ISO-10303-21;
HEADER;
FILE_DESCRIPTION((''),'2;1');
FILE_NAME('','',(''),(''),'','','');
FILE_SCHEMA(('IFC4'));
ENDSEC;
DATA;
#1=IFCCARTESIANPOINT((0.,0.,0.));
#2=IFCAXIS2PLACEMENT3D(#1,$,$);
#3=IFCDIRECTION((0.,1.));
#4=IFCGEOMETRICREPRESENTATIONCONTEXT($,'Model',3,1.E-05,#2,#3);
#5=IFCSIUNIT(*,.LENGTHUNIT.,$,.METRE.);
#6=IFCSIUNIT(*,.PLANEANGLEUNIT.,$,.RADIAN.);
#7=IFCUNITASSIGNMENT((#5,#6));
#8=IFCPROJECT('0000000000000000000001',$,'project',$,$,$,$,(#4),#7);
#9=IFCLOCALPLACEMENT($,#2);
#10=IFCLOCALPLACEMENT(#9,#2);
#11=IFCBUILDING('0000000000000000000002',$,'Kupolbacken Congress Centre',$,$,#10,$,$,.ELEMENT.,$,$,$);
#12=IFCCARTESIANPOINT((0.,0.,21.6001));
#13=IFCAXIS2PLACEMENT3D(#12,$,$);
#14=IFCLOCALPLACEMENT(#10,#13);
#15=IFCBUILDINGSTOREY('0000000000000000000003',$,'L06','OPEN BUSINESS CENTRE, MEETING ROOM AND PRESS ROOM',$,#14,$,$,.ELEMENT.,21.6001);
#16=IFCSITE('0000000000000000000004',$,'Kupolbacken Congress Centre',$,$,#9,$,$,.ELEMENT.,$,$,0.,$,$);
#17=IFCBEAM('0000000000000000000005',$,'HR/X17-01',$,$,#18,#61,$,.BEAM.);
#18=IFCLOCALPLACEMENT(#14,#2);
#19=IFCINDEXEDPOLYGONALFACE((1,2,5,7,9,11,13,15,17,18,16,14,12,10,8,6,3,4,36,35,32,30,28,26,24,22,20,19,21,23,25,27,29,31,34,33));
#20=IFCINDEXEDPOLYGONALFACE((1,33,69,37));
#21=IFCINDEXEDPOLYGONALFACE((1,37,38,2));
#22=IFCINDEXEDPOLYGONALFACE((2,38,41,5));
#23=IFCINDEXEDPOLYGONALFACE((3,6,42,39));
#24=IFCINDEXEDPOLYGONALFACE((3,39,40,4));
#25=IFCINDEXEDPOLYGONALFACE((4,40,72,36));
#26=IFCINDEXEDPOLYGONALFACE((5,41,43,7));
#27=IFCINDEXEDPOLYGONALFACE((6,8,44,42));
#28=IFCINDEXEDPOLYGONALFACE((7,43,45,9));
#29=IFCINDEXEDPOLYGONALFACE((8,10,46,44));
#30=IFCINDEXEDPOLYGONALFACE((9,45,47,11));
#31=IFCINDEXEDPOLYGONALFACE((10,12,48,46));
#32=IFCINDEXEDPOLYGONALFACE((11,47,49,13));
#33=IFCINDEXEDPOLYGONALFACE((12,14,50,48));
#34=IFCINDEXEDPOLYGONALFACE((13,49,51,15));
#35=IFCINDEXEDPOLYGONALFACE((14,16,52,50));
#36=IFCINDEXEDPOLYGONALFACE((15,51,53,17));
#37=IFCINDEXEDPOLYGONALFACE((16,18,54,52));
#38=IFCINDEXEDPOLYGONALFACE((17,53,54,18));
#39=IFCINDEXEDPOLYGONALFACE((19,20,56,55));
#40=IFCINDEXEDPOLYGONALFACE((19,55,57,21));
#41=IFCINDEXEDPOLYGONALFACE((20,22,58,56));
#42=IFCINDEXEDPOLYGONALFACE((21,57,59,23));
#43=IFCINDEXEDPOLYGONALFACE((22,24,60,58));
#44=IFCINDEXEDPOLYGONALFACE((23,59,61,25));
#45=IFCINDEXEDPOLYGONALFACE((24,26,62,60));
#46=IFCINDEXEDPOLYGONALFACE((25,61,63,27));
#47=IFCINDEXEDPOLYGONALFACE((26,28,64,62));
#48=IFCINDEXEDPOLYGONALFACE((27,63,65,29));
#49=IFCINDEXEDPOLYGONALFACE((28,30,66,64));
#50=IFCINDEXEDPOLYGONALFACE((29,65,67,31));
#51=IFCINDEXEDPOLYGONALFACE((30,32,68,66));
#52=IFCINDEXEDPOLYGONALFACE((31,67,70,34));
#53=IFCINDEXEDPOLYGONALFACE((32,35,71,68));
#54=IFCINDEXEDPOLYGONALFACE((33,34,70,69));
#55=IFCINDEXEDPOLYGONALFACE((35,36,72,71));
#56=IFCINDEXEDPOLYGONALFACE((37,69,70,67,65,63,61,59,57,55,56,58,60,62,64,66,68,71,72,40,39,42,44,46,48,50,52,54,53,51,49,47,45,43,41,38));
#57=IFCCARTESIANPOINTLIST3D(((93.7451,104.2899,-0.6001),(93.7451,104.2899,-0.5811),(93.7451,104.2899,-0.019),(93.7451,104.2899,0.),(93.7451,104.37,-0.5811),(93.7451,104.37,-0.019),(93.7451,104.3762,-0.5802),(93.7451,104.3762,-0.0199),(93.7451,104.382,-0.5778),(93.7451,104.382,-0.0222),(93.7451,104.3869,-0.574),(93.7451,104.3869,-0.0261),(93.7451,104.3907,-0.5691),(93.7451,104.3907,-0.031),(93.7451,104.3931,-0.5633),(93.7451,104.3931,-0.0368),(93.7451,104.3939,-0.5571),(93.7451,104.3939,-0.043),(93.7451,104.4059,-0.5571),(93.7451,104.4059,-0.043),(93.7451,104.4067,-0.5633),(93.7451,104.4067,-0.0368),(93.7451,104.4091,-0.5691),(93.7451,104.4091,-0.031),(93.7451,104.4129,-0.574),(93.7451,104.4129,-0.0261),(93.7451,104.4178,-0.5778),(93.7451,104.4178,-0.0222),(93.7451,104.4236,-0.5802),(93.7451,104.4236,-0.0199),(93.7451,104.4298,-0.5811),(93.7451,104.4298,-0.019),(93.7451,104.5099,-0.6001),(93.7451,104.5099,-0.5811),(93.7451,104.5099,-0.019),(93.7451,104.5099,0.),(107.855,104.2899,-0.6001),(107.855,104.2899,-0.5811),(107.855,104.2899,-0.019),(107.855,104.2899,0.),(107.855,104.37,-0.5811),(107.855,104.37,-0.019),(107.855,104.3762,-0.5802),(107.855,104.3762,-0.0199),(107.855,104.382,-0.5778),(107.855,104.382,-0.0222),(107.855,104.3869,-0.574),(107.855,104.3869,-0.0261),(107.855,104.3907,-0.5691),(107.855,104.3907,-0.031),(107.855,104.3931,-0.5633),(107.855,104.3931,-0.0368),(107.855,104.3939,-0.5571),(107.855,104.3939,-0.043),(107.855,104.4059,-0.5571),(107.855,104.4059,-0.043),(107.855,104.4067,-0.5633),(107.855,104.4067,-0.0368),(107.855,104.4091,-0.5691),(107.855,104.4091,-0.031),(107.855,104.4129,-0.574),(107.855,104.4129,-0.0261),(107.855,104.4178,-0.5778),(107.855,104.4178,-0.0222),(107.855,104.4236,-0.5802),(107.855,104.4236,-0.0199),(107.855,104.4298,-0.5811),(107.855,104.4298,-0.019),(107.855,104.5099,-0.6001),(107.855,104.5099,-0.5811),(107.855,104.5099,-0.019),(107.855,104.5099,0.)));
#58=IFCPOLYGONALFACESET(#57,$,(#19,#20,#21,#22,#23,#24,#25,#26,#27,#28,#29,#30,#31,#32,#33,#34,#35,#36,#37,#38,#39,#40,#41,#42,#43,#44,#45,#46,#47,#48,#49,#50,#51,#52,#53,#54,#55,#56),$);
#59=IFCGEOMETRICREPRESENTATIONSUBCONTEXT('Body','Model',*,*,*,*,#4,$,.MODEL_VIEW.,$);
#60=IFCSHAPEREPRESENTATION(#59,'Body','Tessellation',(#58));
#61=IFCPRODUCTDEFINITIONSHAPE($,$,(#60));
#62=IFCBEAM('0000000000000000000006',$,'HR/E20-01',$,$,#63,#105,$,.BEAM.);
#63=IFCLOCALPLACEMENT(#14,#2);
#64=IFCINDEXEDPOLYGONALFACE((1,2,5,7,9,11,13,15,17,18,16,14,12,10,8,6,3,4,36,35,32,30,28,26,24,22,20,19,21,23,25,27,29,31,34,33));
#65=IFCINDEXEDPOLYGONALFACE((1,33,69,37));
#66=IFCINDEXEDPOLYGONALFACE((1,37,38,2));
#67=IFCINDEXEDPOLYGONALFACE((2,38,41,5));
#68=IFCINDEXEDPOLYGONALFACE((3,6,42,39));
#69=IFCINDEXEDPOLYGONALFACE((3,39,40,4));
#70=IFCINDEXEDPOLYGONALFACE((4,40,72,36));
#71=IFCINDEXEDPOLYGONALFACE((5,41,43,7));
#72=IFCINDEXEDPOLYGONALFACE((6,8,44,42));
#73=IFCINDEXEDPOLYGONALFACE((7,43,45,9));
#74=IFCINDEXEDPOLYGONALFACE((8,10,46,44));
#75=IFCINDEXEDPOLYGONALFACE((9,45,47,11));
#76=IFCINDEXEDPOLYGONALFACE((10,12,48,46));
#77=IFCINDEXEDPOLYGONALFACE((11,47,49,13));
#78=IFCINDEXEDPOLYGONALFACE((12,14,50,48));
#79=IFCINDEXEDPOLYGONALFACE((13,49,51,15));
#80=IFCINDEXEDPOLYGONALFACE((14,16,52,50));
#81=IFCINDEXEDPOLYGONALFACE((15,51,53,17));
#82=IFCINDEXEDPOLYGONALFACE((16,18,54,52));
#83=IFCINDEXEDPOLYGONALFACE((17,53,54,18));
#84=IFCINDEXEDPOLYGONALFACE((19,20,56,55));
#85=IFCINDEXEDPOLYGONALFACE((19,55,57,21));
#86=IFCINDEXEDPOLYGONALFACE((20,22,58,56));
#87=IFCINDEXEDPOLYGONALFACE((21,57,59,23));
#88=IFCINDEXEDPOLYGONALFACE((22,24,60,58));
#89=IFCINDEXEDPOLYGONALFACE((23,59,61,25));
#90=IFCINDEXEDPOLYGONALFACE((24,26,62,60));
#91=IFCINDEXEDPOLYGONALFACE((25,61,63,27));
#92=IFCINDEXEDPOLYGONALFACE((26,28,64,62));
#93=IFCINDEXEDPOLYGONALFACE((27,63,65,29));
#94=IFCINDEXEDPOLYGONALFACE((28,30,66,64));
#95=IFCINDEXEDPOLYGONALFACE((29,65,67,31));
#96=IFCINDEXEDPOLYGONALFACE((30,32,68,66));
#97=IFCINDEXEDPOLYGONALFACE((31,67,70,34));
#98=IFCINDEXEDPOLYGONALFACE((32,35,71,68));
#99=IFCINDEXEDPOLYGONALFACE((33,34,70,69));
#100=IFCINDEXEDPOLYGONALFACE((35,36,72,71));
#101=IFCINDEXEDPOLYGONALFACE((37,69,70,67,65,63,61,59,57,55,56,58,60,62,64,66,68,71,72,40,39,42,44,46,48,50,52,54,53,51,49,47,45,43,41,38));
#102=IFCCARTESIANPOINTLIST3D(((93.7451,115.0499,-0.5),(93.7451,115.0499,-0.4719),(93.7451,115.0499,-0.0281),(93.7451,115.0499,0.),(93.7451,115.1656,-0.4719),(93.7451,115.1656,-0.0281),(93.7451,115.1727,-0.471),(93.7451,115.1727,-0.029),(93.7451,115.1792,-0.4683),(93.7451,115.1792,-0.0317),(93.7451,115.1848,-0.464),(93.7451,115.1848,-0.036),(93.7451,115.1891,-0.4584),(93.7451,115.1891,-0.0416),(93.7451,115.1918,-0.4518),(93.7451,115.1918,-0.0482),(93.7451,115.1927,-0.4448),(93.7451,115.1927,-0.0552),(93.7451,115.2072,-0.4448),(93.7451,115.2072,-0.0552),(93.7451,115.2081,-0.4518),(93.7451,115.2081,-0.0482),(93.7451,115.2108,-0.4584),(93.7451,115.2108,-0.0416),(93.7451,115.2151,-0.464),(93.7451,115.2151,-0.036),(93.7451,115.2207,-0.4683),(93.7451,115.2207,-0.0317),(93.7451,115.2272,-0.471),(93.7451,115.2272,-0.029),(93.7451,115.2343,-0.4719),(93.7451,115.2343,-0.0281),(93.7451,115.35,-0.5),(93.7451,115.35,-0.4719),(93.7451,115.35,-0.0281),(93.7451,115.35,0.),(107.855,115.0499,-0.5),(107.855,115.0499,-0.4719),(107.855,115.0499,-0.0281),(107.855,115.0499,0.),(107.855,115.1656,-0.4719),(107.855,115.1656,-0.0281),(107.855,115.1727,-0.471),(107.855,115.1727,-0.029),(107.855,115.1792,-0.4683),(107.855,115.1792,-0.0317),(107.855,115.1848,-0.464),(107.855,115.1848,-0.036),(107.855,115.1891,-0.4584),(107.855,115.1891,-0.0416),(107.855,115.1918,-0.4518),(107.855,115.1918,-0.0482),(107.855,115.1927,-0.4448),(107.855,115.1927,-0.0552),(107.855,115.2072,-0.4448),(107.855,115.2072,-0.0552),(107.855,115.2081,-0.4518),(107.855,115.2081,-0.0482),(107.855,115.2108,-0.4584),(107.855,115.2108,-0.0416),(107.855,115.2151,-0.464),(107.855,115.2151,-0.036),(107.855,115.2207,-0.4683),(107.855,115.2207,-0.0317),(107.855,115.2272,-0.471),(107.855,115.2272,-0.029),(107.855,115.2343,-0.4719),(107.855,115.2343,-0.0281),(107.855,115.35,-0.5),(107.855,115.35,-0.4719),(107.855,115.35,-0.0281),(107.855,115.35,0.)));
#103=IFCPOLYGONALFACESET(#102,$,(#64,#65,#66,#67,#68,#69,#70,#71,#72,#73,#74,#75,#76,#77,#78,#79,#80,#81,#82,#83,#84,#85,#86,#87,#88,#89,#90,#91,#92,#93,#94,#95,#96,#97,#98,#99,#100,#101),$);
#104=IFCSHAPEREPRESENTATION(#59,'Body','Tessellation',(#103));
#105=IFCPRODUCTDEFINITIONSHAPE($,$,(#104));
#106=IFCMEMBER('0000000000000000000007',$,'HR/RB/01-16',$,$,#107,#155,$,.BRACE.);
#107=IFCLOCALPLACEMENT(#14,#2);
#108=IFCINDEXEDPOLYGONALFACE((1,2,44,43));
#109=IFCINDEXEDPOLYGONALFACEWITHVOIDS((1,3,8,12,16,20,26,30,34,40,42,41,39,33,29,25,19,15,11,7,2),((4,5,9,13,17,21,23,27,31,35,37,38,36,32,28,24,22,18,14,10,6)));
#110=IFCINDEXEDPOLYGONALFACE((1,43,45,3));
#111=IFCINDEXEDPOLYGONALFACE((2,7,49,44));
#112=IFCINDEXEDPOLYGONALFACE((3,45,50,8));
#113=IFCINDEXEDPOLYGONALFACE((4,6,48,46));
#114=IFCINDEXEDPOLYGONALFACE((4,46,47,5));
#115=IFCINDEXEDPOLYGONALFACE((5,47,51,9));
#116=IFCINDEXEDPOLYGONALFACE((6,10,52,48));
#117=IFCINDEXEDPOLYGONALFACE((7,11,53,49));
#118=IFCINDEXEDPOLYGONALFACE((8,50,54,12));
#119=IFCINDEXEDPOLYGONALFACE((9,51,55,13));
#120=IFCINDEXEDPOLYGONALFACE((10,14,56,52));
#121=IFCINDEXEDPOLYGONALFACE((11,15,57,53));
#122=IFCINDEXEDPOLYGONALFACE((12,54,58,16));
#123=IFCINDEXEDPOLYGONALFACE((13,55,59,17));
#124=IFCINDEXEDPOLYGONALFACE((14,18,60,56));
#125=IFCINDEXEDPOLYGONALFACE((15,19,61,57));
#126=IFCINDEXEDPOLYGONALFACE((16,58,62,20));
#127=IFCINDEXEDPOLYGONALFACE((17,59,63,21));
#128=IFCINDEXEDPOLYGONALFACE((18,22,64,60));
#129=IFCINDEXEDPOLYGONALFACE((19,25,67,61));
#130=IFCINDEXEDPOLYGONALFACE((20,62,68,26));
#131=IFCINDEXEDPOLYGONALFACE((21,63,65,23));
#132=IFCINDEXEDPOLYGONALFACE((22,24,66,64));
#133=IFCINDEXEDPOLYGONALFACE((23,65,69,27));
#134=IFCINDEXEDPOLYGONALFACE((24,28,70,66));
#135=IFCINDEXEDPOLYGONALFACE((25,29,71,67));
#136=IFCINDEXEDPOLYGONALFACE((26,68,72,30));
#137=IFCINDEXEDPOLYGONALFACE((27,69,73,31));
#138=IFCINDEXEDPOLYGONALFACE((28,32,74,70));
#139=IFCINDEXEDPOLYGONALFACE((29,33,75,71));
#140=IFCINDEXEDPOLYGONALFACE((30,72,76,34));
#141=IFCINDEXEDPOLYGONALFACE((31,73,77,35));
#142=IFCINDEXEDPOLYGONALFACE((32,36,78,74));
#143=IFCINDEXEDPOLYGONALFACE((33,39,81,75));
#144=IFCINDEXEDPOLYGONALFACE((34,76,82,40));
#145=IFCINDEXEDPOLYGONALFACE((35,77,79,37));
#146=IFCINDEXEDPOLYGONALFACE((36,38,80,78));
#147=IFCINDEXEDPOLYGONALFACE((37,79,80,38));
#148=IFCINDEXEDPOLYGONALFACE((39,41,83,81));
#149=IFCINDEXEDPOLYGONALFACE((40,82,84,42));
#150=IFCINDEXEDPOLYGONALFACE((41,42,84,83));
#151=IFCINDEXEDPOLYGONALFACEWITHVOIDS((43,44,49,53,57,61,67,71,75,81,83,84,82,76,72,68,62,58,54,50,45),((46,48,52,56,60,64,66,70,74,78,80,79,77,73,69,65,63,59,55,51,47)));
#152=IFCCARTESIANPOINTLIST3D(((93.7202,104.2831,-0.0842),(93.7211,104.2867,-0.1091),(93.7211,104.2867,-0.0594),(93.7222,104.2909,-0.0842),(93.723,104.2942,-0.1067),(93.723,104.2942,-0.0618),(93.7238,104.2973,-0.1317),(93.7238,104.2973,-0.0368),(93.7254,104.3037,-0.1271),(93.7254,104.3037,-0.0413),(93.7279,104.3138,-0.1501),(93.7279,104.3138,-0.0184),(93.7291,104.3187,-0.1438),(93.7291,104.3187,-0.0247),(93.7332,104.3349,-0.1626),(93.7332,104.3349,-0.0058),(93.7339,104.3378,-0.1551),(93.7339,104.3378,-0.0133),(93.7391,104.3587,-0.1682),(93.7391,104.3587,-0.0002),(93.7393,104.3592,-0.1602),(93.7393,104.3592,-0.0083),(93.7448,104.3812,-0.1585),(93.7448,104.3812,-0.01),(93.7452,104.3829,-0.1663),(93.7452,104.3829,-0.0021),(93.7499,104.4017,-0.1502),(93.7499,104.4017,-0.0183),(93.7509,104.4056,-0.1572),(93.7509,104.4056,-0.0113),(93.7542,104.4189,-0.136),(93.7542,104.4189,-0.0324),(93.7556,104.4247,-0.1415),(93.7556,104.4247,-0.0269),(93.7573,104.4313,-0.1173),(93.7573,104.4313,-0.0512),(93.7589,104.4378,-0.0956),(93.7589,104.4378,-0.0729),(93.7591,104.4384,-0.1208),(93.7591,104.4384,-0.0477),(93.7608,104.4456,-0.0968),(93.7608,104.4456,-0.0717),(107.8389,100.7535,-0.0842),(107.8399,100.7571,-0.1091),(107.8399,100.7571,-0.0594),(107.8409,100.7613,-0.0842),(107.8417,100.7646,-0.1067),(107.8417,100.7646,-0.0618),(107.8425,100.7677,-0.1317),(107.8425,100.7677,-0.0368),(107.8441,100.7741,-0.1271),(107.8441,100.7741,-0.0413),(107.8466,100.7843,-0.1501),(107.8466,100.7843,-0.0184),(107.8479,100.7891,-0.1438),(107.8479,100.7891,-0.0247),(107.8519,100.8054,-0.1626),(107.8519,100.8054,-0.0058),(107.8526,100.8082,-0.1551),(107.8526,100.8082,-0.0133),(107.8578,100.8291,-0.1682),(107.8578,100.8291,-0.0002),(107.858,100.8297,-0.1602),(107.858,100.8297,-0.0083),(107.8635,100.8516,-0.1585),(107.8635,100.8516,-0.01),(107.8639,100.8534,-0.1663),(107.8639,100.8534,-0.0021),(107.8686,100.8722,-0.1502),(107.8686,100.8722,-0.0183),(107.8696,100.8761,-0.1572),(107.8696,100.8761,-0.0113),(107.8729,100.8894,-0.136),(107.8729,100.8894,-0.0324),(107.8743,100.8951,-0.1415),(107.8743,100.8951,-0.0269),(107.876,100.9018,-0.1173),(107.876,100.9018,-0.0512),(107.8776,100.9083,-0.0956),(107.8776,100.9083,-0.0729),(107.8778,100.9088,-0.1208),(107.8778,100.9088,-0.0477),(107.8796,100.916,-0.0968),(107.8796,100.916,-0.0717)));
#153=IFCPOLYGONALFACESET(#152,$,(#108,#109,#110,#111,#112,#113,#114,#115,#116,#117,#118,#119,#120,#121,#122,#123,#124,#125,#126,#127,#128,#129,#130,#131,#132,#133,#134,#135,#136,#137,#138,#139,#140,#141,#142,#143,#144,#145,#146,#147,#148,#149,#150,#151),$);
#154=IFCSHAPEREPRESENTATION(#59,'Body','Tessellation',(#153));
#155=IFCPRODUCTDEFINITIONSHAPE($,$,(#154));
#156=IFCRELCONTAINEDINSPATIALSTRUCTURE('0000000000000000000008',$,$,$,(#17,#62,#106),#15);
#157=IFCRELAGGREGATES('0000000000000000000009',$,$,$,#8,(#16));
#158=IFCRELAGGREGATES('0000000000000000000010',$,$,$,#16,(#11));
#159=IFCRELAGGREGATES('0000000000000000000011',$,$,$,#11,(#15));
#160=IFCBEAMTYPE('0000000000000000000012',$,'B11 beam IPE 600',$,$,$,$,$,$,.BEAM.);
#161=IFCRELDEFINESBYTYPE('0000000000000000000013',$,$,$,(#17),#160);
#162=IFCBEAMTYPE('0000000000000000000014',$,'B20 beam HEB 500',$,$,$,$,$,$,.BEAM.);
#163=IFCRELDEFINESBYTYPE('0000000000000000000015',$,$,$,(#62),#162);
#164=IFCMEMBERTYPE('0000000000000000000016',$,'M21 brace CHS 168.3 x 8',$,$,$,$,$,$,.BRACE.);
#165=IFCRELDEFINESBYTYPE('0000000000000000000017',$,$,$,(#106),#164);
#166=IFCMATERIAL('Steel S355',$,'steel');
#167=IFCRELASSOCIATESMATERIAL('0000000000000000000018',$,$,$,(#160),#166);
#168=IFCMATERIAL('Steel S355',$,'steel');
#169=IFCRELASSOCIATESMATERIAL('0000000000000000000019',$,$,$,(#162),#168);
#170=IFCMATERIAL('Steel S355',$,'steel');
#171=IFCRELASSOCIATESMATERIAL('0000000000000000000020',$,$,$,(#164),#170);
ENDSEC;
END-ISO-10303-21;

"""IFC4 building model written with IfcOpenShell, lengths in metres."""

from ifc_helpers import new_model, si_unit, direction, frame, origin, origin_2d, place, context, subcontext, project, spatial, hollow_circle, i_section, extrude, material, material_profile, profile_set, type_object, element, save


model = new_model("IFC4")

# Units and contexts
model_context = context("Model", 3, precision=1e-05, world=origin(), true_north=direction((0.0, 1.0)))
body_context = subcontext(model_context, "Body", "Model", "MODEL_VIEW")
ifc_project = project(units=[si_unit("LENGTHUNIT", "METRE"), si_unit("PLANEANGLEUNIT", "RADIAN")], contexts=[model_context])

# Site, building, storey
site_placement = place(None, origin())
site = spatial("IfcSite", under=ifc_project, at=site_placement, Name="Kupolbacken Congress Centre", CompositionType="ELEMENT", RefElevation=0.0)
building_placement = place(site_placement, origin())
building = spatial("IfcBuilding", under=site, at=building_placement, Name="Kupolbacken Congress Centre", CompositionType="ELEMENT")
storey_placement = place(building_placement, frame((0.0, 0.0, 21.6001)))
storey = spatial("IfcBuildingStorey", under=building, at=storey_placement, Name="L06", Description="OPEN BUSINESS CENTRE, MEETING ROOM AND PRESS ROOM", CompositionType="ELEMENT", Elevation=21.6001)

# Beams
ifc_material_1 = material(Name="Steel S355", Category="steel")
ifc_material_profile_1 = material_profile(ifc_material_1, i_section(OverallWidth=0.22, OverallDepth=0.6001, WebThickness=0.012, FlangeThickness=0.019, FilletRadius=0.0239, at=origin_2d()), Name="IPE 600")
ifc_profile_set_1 = profile_set([ifc_material_profile_1], Name="Steel S355")
beam_type_1 = type_object("IfcBeamType", Name="B11 beam IPE 600", PredefinedType="BEAM", material=ifc_profile_set_1)
beam_1_placement = place(storey_placement, frame((93.7451, 104.3999, -0.3), z_axis=(1.0, 0.0, 0.0), x_axis=(0.0, 1.0, 0.0)))
element("IfcBeam", 1, at=beam_1_placement, inside=storey, type_object=beam_type_1, Name="HR/X17-01", PredefinedType="BEAM", context=body_context, shape_type="SweptSolid", body=[
    extrude(i_section(OverallWidth=0.22, OverallDepth=0.6001, WebThickness=0.012, FlangeThickness=0.019, FilletRadius=0.0239, at=origin_2d()), origin(), (0.0, 0.0, 1.0), 14.1099),
])
ifc_material_2 = material(Name="Steel S355", Category="steel")
ifc_material_profile_2 = material_profile(ifc_material_2, i_section(OverallWidth=0.3, OverallDepth=0.5, WebThickness=0.0144, FlangeThickness=0.0281, FilletRadius=0.0271, at=origin_2d()), Name="HEB 500")
ifc_profile_set_2 = profile_set([ifc_material_profile_2], Name="Steel S355")
beam_type_2 = type_object("IfcBeamType", Name="B20 beam HEB 500", PredefinedType="BEAM", material=ifc_profile_set_2)
beam_2_placement = place(storey_placement, frame((93.7451, 115.2, -0.25), z_axis=(1.0, 0.0, 0.0), x_axis=(0.0, 1.0, 0.0)))
element("IfcBeam", 2, at=beam_2_placement, inside=storey, type_object=beam_type_2, Name="HR/E20-01", PredefinedType="BEAM", context=body_context, shape_type="SweptSolid", body=[
    extrude(i_section(OverallWidth=0.3, OverallDepth=0.5, WebThickness=0.0144, FlangeThickness=0.0281, FilletRadius=0.0271, at=origin_2d()), origin(), (0.0, 0.0, 1.0), 14.1099),
])

# Member
ifc_material_3 = material(Name="Steel S355", Category="steel")
ifc_material_profile_3 = material_profile(ifc_material_3, hollow_circle(Radius=0.0842, WallThickness=0.0081, at=origin_2d()), Name="CHS 168.3 x 8")
ifc_profile_set_3 = profile_set([ifc_material_profile_3], Name="Steel S355")
member_type = type_object("IfcMemberType", Name="M21 brace CHS 168.3 x 8", PredefinedType="BRACE", material=ifc_profile_set_3)
for number, where, z_axis, x_axis, name in (
    (3, (107.8594, 100.8352, -0.0842), (-0.970144, 0.242528, 0.0), (-0.242528, -0.970144, 0.0), "HR/RB/01-16"),
):
    element("IfcMember", number, at=place(storey_placement, frame(where, z_axis=z_axis, x_axis=x_axis)), inside=storey, type_object=member_type, Name=name, PredefinedType="BRACE", context=body_context, shape_type="SweptSolid", body=[
        extrude(hollow_circle(Radius=0.0842, WallThickness=0.0081, at=origin_2d()), origin(), (0.0, 0.0, 1.0), 14.5532),
    ])

save(model, "model.ifc")
